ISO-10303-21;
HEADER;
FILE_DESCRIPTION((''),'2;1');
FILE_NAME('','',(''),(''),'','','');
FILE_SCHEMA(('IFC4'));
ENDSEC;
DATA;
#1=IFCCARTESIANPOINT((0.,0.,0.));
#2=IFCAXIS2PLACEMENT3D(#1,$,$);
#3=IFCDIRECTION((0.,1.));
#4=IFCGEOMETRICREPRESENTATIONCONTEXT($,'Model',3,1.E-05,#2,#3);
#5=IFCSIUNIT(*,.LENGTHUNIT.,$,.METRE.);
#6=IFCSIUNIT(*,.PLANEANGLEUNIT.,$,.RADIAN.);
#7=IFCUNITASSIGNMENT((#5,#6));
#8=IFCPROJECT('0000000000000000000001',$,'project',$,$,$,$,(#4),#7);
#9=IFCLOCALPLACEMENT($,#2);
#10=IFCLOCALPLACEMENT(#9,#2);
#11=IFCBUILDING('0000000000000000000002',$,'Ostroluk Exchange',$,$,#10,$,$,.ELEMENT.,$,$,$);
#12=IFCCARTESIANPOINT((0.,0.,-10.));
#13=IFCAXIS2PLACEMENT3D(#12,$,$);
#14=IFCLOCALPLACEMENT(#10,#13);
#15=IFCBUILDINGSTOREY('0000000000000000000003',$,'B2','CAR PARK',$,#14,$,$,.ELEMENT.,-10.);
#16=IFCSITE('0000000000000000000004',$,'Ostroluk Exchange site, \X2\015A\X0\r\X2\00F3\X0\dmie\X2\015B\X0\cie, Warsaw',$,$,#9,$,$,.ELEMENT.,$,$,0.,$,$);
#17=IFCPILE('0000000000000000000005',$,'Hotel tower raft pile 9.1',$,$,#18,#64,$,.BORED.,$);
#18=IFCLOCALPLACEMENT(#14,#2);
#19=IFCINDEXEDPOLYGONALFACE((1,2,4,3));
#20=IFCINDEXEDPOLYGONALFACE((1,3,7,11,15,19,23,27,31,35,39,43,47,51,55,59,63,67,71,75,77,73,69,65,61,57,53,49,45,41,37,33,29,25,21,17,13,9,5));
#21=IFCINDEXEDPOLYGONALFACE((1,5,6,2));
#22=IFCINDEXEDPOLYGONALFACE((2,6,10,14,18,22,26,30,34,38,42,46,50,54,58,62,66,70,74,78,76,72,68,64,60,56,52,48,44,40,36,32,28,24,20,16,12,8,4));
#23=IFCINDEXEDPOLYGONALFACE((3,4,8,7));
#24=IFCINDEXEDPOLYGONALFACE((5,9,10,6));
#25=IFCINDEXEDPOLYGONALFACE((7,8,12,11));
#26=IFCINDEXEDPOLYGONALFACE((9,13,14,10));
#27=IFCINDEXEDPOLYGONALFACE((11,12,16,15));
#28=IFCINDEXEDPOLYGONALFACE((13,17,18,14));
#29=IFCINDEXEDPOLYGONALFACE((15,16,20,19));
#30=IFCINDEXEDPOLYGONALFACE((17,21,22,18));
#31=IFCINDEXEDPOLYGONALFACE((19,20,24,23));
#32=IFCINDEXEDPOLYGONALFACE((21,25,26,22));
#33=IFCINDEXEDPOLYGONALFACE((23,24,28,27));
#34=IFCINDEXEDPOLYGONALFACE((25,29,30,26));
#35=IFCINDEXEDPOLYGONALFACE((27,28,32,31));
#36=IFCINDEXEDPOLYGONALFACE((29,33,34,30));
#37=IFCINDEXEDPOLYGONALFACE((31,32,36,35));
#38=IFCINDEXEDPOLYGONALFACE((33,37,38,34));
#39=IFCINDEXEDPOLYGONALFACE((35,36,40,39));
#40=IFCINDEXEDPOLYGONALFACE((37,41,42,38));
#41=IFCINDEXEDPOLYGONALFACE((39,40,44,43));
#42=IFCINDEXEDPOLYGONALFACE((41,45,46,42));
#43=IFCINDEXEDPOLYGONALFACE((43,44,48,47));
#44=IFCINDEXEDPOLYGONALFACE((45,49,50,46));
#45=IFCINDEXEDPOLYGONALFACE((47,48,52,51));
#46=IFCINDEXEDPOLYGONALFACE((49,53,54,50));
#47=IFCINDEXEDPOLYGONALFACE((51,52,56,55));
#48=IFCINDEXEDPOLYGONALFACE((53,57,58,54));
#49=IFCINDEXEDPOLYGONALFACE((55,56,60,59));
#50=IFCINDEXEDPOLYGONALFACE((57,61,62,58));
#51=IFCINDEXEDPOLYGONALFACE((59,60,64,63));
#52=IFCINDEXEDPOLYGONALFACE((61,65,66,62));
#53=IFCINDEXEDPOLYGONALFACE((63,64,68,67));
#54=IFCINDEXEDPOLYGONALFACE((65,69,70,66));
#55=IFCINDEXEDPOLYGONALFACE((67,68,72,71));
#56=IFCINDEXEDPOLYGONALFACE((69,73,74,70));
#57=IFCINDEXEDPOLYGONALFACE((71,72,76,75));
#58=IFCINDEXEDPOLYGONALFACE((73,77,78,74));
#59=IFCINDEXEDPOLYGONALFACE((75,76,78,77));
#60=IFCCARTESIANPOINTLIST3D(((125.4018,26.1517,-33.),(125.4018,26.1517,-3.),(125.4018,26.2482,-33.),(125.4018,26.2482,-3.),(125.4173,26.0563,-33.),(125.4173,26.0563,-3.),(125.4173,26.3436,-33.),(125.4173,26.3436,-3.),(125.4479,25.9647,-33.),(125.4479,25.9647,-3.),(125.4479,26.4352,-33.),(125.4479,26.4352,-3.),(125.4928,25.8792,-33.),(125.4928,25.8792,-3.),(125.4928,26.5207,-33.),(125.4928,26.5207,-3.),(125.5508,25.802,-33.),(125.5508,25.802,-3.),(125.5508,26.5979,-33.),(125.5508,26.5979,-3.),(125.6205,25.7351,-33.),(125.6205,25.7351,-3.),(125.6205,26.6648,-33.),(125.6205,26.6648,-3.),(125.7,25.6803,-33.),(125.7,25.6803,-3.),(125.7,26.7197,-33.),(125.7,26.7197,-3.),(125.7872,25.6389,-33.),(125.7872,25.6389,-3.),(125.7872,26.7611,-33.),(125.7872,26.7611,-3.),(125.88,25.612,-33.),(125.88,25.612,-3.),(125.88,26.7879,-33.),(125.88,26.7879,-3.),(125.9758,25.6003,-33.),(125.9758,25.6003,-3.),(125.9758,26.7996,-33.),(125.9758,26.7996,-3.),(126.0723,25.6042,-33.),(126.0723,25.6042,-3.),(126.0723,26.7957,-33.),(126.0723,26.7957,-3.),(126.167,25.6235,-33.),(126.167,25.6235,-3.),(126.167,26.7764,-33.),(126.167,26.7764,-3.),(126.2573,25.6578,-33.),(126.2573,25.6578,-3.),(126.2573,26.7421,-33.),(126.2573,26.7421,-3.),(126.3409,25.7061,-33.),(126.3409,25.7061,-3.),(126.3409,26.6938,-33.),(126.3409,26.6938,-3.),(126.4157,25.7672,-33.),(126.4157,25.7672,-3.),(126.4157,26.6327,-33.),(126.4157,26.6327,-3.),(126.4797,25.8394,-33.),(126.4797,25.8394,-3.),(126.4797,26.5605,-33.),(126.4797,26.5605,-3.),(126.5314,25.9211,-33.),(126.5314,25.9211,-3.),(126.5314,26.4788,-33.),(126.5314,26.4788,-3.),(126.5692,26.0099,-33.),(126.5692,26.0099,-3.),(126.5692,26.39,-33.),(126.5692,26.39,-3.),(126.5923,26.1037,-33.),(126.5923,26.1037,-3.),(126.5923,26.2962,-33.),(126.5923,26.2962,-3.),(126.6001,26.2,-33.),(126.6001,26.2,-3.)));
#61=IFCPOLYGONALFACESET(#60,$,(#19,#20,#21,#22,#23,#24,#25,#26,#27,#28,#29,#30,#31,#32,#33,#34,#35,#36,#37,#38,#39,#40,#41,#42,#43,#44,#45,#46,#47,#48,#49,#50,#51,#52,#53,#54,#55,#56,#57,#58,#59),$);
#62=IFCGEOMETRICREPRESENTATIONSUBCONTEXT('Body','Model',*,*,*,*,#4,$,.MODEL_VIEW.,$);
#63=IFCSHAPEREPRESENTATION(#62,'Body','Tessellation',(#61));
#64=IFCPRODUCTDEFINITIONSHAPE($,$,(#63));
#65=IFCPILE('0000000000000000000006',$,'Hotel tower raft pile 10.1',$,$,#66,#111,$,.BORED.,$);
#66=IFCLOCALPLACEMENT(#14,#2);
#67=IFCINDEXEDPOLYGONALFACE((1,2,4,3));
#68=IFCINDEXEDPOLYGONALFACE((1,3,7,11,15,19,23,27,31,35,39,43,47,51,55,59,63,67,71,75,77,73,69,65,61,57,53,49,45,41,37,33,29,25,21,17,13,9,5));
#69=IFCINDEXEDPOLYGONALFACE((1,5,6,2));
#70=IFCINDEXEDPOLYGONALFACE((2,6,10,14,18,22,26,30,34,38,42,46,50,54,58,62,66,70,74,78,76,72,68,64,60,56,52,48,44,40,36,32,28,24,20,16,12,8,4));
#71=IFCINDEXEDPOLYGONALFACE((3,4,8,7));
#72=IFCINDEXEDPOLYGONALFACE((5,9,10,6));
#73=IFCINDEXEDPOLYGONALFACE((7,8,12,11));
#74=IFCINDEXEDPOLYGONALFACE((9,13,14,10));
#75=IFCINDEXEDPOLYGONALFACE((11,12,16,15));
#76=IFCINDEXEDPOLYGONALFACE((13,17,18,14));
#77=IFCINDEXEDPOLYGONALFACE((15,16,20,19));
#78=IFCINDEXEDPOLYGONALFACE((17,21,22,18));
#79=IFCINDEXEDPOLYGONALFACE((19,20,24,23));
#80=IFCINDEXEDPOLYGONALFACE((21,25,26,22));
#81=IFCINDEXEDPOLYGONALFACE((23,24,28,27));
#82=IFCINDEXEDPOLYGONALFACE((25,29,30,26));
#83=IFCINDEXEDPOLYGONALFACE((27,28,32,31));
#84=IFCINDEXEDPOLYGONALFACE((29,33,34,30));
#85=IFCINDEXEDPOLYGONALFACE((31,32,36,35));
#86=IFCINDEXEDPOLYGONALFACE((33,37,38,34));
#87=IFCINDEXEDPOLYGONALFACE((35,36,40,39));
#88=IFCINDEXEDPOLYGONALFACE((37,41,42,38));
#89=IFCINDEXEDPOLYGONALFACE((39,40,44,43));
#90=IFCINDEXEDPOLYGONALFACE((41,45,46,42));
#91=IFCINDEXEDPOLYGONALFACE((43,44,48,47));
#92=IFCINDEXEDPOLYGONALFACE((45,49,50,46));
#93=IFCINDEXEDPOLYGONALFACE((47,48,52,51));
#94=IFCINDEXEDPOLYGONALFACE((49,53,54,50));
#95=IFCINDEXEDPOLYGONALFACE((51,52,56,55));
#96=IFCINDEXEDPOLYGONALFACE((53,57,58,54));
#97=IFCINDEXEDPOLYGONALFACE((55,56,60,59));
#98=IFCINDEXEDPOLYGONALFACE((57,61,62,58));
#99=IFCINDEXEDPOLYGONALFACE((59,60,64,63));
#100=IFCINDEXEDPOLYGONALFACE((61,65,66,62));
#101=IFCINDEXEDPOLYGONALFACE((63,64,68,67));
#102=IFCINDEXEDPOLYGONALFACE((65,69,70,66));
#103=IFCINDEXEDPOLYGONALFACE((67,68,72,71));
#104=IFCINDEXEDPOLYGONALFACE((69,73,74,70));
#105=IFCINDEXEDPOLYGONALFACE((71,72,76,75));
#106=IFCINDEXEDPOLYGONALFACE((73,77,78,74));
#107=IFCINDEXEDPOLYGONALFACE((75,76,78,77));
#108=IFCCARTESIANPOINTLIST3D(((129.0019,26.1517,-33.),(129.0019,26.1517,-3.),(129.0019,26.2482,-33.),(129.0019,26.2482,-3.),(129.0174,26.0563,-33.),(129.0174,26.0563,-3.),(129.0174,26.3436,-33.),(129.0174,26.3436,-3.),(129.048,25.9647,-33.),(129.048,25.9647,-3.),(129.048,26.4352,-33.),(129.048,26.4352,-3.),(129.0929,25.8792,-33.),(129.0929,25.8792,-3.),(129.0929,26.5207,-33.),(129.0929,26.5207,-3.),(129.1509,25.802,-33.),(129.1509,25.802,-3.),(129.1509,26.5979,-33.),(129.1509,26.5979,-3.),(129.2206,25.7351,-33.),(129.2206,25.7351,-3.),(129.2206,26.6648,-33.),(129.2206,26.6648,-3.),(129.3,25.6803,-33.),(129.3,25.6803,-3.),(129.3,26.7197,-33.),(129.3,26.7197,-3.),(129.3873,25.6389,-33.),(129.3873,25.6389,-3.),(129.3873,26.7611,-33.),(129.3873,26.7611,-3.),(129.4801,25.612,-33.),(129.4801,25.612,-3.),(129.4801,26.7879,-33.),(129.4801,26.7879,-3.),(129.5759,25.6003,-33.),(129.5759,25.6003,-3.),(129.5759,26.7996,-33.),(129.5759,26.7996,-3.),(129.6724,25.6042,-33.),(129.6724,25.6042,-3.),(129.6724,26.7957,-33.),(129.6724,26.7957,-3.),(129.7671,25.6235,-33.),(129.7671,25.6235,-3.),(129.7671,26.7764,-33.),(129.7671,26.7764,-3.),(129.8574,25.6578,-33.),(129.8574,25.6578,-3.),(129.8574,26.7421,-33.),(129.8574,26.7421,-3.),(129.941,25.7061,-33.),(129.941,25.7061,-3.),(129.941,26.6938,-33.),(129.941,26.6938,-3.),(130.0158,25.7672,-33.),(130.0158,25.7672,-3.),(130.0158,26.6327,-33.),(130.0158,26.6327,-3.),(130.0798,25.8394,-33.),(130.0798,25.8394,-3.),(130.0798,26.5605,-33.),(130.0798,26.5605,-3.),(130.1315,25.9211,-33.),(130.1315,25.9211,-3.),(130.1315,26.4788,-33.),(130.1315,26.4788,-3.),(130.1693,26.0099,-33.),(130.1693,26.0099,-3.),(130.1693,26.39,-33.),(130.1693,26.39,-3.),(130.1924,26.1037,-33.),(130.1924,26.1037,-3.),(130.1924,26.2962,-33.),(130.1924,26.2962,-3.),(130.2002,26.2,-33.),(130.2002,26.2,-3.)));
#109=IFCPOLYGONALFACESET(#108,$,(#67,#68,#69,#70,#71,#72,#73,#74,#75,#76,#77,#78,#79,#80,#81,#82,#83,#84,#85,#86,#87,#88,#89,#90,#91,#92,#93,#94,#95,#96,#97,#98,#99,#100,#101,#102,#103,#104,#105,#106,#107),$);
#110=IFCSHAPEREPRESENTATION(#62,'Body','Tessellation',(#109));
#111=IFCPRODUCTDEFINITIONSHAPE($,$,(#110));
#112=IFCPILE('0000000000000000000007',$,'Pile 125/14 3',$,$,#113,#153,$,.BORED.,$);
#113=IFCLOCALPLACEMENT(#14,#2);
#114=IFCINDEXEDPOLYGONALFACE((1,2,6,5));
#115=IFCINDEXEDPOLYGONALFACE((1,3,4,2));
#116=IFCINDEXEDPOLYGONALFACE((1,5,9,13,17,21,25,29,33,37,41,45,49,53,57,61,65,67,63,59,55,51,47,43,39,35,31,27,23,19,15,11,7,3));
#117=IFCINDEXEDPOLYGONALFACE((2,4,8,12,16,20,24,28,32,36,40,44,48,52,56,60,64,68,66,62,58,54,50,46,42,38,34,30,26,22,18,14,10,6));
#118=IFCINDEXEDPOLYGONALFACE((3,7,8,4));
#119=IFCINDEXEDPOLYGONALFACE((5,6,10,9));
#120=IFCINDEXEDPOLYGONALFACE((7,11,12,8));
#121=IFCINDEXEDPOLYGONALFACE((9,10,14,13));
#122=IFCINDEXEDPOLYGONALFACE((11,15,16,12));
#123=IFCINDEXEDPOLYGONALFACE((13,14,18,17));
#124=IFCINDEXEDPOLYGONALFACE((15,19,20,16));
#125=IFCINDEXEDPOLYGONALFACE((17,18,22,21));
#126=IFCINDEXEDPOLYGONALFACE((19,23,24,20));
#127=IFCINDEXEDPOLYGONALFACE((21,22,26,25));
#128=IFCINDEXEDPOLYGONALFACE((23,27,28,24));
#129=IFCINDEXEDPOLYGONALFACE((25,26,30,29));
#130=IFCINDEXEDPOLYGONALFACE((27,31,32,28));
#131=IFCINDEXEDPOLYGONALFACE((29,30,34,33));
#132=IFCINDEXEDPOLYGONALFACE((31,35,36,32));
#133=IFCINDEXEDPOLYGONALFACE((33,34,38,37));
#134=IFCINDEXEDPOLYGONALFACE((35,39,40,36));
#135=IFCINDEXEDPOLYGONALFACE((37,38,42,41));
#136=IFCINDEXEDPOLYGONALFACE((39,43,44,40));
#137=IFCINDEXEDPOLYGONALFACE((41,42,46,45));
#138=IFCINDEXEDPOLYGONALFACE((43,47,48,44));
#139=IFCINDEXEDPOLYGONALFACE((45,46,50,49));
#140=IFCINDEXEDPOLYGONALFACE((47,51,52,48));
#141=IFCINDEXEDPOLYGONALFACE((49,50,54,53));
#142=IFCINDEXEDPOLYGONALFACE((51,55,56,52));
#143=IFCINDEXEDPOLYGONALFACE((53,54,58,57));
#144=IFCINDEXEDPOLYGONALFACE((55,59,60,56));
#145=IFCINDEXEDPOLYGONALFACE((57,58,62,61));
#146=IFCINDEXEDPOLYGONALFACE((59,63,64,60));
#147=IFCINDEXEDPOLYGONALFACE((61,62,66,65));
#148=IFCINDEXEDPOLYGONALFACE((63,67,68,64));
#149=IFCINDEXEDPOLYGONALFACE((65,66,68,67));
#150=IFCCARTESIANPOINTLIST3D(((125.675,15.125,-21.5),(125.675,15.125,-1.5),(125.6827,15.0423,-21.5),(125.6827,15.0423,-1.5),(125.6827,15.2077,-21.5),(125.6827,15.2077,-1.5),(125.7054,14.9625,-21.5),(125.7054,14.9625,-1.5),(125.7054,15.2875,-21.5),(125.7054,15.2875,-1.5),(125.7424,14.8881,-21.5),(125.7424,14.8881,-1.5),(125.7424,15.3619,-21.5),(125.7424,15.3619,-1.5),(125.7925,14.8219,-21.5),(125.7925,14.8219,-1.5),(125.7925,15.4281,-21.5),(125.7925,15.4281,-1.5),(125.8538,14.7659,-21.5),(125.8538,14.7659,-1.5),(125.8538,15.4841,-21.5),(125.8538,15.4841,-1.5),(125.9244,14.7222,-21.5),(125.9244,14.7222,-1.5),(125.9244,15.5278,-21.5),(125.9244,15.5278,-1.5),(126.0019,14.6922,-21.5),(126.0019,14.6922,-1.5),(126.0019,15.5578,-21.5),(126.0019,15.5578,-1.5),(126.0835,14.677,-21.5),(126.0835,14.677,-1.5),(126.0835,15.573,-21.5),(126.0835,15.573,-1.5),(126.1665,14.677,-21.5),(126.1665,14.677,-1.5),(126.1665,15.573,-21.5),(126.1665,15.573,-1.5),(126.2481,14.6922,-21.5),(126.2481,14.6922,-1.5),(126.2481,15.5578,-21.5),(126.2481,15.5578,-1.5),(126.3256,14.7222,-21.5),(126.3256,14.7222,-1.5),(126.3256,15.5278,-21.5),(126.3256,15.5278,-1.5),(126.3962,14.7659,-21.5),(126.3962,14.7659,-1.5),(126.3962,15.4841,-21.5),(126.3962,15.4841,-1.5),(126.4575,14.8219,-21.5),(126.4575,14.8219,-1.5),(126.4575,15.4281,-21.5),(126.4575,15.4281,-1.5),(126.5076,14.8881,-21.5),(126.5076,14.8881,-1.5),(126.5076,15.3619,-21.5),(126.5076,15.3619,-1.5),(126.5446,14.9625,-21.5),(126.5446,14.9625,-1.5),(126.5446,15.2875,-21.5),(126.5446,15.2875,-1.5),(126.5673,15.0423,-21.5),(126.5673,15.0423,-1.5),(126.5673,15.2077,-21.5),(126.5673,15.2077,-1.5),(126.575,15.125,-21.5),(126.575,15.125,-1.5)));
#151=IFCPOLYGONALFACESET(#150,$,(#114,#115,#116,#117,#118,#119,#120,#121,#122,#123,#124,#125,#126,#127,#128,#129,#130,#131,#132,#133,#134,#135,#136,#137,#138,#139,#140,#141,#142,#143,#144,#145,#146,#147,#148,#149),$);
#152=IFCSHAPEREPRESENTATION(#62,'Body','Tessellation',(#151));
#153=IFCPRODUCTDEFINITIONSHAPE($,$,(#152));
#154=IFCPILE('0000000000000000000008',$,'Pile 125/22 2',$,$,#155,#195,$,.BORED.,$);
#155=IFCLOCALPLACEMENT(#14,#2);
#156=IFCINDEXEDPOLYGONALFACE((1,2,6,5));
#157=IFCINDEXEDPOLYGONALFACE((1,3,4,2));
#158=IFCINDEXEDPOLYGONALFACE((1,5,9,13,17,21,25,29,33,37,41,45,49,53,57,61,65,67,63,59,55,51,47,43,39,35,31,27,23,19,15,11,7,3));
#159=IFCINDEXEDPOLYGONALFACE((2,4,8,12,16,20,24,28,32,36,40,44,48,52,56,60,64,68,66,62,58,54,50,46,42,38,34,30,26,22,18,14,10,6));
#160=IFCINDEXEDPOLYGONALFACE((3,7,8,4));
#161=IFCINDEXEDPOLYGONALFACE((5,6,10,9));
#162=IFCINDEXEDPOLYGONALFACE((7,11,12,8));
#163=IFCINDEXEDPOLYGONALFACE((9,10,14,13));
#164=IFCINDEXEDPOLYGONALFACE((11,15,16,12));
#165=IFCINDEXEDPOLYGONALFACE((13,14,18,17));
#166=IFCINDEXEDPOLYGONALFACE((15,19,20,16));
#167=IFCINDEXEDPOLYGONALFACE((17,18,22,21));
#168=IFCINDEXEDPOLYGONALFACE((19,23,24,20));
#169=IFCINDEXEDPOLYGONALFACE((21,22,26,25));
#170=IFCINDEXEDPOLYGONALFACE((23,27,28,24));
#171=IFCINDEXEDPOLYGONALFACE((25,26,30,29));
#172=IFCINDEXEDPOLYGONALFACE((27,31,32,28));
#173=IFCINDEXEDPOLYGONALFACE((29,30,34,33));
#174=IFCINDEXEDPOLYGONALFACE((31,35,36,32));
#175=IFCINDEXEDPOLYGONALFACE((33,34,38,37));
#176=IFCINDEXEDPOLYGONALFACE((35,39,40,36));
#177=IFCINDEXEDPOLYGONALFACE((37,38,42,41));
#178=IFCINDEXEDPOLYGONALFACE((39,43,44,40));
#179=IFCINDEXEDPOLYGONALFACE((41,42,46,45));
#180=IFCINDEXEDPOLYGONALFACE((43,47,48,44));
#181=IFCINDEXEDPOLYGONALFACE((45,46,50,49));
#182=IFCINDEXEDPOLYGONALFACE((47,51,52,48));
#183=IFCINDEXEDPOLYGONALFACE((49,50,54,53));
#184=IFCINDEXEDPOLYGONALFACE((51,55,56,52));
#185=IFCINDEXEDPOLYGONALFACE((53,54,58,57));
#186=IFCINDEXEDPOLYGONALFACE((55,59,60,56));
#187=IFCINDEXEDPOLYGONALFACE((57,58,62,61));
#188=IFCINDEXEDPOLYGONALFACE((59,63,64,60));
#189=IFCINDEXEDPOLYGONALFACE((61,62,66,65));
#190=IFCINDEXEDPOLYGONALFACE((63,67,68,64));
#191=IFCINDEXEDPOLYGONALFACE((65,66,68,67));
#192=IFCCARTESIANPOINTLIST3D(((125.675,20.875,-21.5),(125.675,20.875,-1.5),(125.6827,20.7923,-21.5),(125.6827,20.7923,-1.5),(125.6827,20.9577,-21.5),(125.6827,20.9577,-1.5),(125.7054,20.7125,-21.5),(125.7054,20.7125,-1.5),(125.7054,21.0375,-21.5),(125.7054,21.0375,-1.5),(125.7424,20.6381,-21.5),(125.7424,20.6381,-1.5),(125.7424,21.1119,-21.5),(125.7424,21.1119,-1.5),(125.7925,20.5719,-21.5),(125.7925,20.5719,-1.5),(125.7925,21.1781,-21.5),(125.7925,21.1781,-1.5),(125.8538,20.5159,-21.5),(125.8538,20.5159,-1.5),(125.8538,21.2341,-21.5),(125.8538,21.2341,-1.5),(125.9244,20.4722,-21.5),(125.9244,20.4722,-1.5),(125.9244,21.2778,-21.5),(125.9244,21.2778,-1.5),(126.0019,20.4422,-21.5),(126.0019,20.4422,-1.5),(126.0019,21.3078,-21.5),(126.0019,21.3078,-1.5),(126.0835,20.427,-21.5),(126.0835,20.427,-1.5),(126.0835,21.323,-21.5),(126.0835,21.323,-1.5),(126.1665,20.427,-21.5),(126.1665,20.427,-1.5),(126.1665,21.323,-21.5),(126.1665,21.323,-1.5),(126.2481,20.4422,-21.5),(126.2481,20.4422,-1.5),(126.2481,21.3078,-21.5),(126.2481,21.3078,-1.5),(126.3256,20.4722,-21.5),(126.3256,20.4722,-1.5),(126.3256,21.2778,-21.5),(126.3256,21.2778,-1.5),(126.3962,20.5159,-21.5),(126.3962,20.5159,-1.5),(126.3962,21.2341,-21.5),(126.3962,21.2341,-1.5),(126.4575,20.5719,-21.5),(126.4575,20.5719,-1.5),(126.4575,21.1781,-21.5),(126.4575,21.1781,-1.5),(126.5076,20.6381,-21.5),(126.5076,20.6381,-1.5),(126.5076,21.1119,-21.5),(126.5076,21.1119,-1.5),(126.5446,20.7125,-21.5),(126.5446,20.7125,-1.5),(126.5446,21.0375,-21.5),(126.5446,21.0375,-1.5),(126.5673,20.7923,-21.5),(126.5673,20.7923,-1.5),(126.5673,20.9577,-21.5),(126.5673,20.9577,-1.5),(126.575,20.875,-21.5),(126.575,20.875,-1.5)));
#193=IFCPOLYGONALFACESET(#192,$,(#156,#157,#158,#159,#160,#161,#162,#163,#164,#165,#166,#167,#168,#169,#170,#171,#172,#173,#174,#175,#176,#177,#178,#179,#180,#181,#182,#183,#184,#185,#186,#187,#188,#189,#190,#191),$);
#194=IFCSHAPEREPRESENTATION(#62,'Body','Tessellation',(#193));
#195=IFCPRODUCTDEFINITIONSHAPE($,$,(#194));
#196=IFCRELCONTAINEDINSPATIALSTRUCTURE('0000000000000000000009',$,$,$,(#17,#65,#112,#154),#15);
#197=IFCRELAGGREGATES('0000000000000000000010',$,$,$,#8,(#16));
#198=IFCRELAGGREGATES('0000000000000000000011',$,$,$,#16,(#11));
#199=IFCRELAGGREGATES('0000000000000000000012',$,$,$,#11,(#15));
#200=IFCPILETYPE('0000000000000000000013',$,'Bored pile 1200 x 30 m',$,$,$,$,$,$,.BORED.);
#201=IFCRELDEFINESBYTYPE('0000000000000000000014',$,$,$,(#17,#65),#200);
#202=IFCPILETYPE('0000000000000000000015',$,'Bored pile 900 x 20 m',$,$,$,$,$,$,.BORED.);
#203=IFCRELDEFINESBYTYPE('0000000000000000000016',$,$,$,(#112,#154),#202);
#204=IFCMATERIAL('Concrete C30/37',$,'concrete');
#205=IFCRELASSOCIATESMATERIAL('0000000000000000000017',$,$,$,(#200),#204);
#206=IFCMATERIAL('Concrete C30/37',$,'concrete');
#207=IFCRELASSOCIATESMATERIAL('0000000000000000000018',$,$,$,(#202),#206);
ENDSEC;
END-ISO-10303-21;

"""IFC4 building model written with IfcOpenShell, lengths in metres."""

from ifc_helpers import new_model, si_unit, direction, frame, origin, origin_2d, place, context, subcontext, project, spatial, circle, extrude, material, type_object, element, save


model = new_model("IFC4")

# Units and contexts
model_context = context("Model", 3, precision=1e-05, world=origin(), true_north=direction((0.0, 1.0)))
body_context = subcontext(model_context, "Body", "Model", "MODEL_VIEW")
ifc_project = project(units=[si_unit("LENGTHUNIT", "METRE"), si_unit("PLANEANGLEUNIT", "RADIAN")], contexts=[model_context])

# Site, building, storey
site_placement = place(None, origin())
site = spatial("IfcSite", under=ifc_project, at=site_placement, Name="Ostroluk Exchange site, Śródmieście, Warsaw", CompositionType="ELEMENT", RefElevation=0.0)
building_placement = place(site_placement, origin())
building = spatial("IfcBuilding", under=site, at=building_placement, Name="Ostroluk Exchange", CompositionType="ELEMENT")
storey_placement = place(building_placement, frame((0.0, 0.0, -10.0)))
storey = spatial("IfcBuildingStorey", under=building, at=storey_placement, Name="B2", Description="CAR PARK", CompositionType="ELEMENT", Elevation=-10.0)

# Piles
ifc_material_1 = material(Name="Concrete C30/37", Category="concrete")
pile_type_1 = type_object("IfcPileType", Name="Bored pile 1200 x 30 m", PredefinedType="BORED", material=ifc_material_1)
for number, where, z_axis, x_axis, name in (
    (1, (126.0, 26.2, -3.0), (0.0, 0.0, -1.0), (1.0, 0.0, 0.0), "Hotel tower raft pile 9.1"),
    (2, (129.6001, 26.2, -3.0), (0.0, 0.0, -1.0), (1.0, 0.0, 0.0), "Hotel tower raft pile 10.1"),
):
    element("IfcPile", number, at=place(storey_placement, frame(where, z_axis=z_axis, x_axis=x_axis)), inside=storey, type_object=pile_type_1, Name=name, PredefinedType="BORED", context=body_context, shape_type="SweptSolid", body=[
        extrude(circle(Radius=0.6001, at=origin_2d()), origin(), (0.0, 0.0, 1.0), 30.0),
    ])
ifc_material_2 = material(Name="Concrete C30/37", Category="concrete")
pile_type_2 = type_object("IfcPileType", Name="Bored pile 900 x 20 m", PredefinedType="BORED", material=ifc_material_2)
for number, where, z_axis, x_axis, name in (
    (3, (126.125, 15.125, -1.5), (0.0, 0.0, -1.0), (1.0, 0.0, 0.0), "Pile 125/14 3"),
    (4, (126.125, 20.875, -1.5), (0.0, 0.0, -1.0), (1.0, 0.0, 0.0), "Pile 125/22 2"),
):
    element("IfcPile", number, at=place(storey_placement, frame(where, z_axis=z_axis, x_axis=x_axis)), inside=storey, type_object=pile_type_2, Name=name, PredefinedType="BORED", context=body_context, shape_type="SweptSolid", body=[
        extrude(circle(Radius=0.45, at=origin_2d()), origin(), (0.0, 0.0, 1.0), 20.0),
    ])

save(model, "model.ifc")
